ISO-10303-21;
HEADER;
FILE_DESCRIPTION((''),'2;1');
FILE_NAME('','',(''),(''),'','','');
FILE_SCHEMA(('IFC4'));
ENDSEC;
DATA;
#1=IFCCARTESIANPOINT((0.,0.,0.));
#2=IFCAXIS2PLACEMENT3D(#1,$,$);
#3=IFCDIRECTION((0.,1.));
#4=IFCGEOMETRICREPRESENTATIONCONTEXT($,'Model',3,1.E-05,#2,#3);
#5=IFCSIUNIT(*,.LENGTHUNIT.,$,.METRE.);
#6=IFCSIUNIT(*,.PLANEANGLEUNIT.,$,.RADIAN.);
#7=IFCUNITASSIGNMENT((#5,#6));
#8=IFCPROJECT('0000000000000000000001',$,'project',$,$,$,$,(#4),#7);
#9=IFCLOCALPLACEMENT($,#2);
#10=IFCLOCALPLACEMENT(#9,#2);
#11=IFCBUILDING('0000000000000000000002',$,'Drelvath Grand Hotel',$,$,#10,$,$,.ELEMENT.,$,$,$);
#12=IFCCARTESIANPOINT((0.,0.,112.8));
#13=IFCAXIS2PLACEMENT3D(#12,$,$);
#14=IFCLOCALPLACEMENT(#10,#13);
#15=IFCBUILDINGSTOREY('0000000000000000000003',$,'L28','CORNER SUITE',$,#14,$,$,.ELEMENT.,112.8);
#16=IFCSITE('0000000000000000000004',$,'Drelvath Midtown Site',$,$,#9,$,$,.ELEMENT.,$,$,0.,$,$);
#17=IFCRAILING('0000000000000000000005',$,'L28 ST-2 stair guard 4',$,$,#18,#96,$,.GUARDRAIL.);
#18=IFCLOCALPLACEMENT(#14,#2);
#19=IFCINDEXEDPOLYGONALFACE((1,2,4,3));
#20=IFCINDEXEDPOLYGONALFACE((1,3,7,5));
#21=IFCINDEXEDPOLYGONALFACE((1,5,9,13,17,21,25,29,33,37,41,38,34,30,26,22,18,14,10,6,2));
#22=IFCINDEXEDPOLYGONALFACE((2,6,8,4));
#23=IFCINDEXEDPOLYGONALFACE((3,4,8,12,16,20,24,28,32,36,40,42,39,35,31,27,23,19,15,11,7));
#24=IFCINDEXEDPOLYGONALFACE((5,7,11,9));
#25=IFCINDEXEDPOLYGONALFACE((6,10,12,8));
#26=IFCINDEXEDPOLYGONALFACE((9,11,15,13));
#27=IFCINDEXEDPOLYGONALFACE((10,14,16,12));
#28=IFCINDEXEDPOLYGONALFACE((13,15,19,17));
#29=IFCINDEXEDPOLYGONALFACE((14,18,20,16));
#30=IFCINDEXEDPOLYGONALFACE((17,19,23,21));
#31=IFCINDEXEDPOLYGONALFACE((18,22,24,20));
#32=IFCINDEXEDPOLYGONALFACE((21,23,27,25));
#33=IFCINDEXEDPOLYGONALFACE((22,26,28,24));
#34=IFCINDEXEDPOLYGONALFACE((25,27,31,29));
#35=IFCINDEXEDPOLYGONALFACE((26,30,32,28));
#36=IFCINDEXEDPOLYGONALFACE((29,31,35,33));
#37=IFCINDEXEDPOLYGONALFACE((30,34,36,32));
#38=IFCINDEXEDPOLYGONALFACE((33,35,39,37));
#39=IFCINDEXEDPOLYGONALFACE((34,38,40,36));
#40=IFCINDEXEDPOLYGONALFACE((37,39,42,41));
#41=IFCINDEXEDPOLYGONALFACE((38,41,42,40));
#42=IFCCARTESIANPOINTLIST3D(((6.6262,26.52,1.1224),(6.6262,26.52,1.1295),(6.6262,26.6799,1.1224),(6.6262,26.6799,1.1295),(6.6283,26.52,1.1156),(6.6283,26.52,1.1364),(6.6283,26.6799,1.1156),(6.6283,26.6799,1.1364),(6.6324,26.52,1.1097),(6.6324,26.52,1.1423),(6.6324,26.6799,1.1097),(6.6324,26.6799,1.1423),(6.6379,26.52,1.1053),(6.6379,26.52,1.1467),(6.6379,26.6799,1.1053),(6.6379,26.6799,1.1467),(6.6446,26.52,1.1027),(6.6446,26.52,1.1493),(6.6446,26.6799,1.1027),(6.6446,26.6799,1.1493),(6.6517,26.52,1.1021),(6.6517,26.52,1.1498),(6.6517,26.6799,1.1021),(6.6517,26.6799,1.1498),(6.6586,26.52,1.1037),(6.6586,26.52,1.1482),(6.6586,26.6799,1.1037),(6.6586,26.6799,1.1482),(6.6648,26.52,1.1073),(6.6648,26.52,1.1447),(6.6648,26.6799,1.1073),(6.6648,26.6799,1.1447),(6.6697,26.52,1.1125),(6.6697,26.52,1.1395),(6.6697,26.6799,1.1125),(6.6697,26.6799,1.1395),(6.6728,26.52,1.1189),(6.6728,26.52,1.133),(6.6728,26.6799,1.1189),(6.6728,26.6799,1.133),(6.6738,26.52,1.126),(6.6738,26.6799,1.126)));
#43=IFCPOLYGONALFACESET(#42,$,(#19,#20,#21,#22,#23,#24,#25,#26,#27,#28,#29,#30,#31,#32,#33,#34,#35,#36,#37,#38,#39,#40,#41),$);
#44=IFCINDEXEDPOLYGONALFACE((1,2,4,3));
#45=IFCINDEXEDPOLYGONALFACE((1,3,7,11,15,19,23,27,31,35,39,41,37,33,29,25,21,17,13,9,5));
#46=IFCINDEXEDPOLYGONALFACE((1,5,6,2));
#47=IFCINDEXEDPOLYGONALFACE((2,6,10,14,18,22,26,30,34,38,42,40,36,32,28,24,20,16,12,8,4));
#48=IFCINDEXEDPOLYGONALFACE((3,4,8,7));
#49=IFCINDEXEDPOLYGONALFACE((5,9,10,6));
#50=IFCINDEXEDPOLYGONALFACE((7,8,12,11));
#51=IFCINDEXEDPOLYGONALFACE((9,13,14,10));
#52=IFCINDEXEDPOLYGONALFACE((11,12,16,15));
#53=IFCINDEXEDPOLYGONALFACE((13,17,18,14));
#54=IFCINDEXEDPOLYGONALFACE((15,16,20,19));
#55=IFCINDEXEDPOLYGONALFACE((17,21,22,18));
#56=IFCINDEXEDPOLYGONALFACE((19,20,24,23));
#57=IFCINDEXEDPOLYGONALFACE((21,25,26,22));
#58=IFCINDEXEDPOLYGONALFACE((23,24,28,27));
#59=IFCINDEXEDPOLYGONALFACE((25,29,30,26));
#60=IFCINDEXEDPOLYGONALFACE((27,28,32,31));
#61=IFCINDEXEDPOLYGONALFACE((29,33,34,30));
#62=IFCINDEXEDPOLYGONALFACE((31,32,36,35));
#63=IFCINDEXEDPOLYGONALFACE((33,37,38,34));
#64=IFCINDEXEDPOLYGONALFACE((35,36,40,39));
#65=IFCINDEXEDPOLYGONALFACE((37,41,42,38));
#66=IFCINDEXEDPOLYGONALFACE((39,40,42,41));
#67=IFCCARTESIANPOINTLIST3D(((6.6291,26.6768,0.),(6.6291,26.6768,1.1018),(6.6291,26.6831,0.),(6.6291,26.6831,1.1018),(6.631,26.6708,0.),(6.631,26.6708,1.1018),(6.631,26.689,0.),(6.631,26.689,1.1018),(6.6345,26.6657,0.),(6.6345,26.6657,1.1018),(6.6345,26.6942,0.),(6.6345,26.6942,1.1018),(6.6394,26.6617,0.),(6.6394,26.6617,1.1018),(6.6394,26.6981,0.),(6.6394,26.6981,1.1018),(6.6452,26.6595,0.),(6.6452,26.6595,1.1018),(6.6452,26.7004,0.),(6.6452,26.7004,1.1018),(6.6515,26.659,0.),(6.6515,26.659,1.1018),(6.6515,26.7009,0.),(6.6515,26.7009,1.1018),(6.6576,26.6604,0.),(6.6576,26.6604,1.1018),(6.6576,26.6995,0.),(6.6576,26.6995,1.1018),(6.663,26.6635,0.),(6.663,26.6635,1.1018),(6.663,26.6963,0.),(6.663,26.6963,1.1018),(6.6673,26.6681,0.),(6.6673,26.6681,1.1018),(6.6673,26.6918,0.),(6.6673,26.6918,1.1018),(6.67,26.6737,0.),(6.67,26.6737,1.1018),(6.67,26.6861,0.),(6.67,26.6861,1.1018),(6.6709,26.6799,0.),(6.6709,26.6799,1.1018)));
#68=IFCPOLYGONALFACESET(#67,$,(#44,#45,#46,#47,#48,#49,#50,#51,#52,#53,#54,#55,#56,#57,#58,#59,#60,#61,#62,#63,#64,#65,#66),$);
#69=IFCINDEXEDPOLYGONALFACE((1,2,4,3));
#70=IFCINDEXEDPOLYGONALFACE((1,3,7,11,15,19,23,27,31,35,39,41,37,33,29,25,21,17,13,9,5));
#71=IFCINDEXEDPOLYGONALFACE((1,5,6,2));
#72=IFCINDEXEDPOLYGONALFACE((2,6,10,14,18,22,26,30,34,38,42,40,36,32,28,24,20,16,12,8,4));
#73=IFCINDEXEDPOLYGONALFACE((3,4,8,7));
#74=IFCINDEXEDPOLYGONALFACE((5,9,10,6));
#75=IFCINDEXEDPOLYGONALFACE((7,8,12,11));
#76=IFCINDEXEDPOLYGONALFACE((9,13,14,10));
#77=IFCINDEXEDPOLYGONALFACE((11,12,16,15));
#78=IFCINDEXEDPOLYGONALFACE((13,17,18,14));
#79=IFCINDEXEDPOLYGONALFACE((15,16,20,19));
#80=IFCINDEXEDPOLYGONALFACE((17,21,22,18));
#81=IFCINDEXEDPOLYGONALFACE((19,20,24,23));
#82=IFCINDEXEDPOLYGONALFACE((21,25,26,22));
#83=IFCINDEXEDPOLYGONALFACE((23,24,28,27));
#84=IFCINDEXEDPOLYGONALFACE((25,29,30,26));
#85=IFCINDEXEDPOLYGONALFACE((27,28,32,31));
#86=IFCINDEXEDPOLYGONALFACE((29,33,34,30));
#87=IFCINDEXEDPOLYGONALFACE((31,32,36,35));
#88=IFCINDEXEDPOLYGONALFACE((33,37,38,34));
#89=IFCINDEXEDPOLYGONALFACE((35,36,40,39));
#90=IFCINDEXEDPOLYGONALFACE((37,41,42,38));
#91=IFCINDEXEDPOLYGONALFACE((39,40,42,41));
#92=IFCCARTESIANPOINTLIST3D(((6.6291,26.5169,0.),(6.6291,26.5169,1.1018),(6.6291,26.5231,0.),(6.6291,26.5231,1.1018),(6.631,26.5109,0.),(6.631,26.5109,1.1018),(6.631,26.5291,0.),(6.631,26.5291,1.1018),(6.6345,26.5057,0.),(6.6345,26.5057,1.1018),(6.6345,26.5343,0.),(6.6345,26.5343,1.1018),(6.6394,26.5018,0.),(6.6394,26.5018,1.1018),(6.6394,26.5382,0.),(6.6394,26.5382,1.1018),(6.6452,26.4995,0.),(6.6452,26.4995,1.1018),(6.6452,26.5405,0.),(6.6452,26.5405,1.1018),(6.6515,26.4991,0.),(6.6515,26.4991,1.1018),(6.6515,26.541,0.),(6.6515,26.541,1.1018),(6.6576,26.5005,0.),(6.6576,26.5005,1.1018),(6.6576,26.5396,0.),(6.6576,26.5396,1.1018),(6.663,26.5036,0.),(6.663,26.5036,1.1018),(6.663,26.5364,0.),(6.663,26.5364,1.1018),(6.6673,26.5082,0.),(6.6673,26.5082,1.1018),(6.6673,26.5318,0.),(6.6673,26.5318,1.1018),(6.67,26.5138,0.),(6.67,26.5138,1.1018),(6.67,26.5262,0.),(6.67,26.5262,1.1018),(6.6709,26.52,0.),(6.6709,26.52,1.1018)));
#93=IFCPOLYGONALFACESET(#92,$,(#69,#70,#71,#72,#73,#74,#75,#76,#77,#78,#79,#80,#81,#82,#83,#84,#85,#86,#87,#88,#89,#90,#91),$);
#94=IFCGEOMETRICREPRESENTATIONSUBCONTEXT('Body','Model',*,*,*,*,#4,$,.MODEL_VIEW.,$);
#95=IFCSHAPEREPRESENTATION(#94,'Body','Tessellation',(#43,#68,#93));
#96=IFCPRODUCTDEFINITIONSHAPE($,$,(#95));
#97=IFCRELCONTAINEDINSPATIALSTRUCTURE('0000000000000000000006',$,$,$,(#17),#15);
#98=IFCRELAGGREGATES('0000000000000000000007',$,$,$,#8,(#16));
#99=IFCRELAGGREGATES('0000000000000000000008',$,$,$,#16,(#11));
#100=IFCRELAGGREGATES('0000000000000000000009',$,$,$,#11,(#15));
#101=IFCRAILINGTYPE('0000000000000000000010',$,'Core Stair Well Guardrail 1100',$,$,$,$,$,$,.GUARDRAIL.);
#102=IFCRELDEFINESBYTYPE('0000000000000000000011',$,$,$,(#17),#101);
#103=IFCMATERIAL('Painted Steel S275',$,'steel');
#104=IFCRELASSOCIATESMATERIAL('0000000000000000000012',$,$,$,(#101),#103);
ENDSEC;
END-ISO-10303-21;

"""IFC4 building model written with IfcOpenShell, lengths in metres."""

from ifc_helpers import new_model, si_unit, direction, frame, origin, origin_2d, place, context, subcontext, project, spatial, circle, extrude, material, type_object, element, save


model = new_model("IFC4")

# Units and contexts
model_context = context("Model", 3, precision=1e-05, world=origin(), true_north=direction((0.0, 1.0)))
body_context = subcontext(model_context, "Body", "Model", "MODEL_VIEW")
ifc_project = project(units=[si_unit("LENGTHUNIT", "METRE"), si_unit("PLANEANGLEUNIT", "RADIAN")], contexts=[model_context])

# Site, building, storey
site_placement = place(None, origin())
site = spatial("IfcSite", under=ifc_project, at=site_placement, Name="Drelvath Midtown Site", CompositionType="ELEMENT", RefElevation=0.0)
building_placement = place(site_placement, origin())
building = spatial("IfcBuilding", under=site, at=building_placement, Name="Drelvath Grand Hotel", CompositionType="ELEMENT")
storey_placement = place(building_placement, frame((0.0, 0.0, 112.8)))
storey = spatial("IfcBuildingStorey", under=building, at=storey_placement, Name="L28", Description="CORNER SUITE", CompositionType="ELEMENT", Elevation=112.8)

# Railing
ifc_material_1 = material(Name="Painted Steel S275", Category="steel")
railing_type_1 = type_object("IfcRailingType", Name="Core Stair Well Guardrail 1100", PredefinedType="GUARDRAIL", material=ifc_material_1)
railing_1_placement = place(storey_placement, frame((6.6499, 26.6799, 0.0)))
element("IfcRailing", 1, at=railing_1_placement, inside=storey, type_object=railing_type_1, Name="L28 ST-2 stair guard 4", PredefinedType="GUARDRAIL", context=body_context, shape_type="SweptSolid", body=[
    extrude(circle(Radius=0.0239, at=origin_2d()), frame((0.0, 0.0, 1.126), z_axis=(0.0, -1.0, 0.0), x_axis=(1.0, 0.0, 0.0)), (0.0, 0.0, 1.0), 0.1599),
    extrude(circle(Radius=0.021, at=origin_2d()), origin(), (0.0, 0.0, 1.0), 1.1018),
    extrude(circle(Radius=0.021, at=origin_2d()), frame((0.0, -0.1599, 0.0)), (0.0, 0.0, 1.0), 1.1018),
])

save(model, "model.ifc")
